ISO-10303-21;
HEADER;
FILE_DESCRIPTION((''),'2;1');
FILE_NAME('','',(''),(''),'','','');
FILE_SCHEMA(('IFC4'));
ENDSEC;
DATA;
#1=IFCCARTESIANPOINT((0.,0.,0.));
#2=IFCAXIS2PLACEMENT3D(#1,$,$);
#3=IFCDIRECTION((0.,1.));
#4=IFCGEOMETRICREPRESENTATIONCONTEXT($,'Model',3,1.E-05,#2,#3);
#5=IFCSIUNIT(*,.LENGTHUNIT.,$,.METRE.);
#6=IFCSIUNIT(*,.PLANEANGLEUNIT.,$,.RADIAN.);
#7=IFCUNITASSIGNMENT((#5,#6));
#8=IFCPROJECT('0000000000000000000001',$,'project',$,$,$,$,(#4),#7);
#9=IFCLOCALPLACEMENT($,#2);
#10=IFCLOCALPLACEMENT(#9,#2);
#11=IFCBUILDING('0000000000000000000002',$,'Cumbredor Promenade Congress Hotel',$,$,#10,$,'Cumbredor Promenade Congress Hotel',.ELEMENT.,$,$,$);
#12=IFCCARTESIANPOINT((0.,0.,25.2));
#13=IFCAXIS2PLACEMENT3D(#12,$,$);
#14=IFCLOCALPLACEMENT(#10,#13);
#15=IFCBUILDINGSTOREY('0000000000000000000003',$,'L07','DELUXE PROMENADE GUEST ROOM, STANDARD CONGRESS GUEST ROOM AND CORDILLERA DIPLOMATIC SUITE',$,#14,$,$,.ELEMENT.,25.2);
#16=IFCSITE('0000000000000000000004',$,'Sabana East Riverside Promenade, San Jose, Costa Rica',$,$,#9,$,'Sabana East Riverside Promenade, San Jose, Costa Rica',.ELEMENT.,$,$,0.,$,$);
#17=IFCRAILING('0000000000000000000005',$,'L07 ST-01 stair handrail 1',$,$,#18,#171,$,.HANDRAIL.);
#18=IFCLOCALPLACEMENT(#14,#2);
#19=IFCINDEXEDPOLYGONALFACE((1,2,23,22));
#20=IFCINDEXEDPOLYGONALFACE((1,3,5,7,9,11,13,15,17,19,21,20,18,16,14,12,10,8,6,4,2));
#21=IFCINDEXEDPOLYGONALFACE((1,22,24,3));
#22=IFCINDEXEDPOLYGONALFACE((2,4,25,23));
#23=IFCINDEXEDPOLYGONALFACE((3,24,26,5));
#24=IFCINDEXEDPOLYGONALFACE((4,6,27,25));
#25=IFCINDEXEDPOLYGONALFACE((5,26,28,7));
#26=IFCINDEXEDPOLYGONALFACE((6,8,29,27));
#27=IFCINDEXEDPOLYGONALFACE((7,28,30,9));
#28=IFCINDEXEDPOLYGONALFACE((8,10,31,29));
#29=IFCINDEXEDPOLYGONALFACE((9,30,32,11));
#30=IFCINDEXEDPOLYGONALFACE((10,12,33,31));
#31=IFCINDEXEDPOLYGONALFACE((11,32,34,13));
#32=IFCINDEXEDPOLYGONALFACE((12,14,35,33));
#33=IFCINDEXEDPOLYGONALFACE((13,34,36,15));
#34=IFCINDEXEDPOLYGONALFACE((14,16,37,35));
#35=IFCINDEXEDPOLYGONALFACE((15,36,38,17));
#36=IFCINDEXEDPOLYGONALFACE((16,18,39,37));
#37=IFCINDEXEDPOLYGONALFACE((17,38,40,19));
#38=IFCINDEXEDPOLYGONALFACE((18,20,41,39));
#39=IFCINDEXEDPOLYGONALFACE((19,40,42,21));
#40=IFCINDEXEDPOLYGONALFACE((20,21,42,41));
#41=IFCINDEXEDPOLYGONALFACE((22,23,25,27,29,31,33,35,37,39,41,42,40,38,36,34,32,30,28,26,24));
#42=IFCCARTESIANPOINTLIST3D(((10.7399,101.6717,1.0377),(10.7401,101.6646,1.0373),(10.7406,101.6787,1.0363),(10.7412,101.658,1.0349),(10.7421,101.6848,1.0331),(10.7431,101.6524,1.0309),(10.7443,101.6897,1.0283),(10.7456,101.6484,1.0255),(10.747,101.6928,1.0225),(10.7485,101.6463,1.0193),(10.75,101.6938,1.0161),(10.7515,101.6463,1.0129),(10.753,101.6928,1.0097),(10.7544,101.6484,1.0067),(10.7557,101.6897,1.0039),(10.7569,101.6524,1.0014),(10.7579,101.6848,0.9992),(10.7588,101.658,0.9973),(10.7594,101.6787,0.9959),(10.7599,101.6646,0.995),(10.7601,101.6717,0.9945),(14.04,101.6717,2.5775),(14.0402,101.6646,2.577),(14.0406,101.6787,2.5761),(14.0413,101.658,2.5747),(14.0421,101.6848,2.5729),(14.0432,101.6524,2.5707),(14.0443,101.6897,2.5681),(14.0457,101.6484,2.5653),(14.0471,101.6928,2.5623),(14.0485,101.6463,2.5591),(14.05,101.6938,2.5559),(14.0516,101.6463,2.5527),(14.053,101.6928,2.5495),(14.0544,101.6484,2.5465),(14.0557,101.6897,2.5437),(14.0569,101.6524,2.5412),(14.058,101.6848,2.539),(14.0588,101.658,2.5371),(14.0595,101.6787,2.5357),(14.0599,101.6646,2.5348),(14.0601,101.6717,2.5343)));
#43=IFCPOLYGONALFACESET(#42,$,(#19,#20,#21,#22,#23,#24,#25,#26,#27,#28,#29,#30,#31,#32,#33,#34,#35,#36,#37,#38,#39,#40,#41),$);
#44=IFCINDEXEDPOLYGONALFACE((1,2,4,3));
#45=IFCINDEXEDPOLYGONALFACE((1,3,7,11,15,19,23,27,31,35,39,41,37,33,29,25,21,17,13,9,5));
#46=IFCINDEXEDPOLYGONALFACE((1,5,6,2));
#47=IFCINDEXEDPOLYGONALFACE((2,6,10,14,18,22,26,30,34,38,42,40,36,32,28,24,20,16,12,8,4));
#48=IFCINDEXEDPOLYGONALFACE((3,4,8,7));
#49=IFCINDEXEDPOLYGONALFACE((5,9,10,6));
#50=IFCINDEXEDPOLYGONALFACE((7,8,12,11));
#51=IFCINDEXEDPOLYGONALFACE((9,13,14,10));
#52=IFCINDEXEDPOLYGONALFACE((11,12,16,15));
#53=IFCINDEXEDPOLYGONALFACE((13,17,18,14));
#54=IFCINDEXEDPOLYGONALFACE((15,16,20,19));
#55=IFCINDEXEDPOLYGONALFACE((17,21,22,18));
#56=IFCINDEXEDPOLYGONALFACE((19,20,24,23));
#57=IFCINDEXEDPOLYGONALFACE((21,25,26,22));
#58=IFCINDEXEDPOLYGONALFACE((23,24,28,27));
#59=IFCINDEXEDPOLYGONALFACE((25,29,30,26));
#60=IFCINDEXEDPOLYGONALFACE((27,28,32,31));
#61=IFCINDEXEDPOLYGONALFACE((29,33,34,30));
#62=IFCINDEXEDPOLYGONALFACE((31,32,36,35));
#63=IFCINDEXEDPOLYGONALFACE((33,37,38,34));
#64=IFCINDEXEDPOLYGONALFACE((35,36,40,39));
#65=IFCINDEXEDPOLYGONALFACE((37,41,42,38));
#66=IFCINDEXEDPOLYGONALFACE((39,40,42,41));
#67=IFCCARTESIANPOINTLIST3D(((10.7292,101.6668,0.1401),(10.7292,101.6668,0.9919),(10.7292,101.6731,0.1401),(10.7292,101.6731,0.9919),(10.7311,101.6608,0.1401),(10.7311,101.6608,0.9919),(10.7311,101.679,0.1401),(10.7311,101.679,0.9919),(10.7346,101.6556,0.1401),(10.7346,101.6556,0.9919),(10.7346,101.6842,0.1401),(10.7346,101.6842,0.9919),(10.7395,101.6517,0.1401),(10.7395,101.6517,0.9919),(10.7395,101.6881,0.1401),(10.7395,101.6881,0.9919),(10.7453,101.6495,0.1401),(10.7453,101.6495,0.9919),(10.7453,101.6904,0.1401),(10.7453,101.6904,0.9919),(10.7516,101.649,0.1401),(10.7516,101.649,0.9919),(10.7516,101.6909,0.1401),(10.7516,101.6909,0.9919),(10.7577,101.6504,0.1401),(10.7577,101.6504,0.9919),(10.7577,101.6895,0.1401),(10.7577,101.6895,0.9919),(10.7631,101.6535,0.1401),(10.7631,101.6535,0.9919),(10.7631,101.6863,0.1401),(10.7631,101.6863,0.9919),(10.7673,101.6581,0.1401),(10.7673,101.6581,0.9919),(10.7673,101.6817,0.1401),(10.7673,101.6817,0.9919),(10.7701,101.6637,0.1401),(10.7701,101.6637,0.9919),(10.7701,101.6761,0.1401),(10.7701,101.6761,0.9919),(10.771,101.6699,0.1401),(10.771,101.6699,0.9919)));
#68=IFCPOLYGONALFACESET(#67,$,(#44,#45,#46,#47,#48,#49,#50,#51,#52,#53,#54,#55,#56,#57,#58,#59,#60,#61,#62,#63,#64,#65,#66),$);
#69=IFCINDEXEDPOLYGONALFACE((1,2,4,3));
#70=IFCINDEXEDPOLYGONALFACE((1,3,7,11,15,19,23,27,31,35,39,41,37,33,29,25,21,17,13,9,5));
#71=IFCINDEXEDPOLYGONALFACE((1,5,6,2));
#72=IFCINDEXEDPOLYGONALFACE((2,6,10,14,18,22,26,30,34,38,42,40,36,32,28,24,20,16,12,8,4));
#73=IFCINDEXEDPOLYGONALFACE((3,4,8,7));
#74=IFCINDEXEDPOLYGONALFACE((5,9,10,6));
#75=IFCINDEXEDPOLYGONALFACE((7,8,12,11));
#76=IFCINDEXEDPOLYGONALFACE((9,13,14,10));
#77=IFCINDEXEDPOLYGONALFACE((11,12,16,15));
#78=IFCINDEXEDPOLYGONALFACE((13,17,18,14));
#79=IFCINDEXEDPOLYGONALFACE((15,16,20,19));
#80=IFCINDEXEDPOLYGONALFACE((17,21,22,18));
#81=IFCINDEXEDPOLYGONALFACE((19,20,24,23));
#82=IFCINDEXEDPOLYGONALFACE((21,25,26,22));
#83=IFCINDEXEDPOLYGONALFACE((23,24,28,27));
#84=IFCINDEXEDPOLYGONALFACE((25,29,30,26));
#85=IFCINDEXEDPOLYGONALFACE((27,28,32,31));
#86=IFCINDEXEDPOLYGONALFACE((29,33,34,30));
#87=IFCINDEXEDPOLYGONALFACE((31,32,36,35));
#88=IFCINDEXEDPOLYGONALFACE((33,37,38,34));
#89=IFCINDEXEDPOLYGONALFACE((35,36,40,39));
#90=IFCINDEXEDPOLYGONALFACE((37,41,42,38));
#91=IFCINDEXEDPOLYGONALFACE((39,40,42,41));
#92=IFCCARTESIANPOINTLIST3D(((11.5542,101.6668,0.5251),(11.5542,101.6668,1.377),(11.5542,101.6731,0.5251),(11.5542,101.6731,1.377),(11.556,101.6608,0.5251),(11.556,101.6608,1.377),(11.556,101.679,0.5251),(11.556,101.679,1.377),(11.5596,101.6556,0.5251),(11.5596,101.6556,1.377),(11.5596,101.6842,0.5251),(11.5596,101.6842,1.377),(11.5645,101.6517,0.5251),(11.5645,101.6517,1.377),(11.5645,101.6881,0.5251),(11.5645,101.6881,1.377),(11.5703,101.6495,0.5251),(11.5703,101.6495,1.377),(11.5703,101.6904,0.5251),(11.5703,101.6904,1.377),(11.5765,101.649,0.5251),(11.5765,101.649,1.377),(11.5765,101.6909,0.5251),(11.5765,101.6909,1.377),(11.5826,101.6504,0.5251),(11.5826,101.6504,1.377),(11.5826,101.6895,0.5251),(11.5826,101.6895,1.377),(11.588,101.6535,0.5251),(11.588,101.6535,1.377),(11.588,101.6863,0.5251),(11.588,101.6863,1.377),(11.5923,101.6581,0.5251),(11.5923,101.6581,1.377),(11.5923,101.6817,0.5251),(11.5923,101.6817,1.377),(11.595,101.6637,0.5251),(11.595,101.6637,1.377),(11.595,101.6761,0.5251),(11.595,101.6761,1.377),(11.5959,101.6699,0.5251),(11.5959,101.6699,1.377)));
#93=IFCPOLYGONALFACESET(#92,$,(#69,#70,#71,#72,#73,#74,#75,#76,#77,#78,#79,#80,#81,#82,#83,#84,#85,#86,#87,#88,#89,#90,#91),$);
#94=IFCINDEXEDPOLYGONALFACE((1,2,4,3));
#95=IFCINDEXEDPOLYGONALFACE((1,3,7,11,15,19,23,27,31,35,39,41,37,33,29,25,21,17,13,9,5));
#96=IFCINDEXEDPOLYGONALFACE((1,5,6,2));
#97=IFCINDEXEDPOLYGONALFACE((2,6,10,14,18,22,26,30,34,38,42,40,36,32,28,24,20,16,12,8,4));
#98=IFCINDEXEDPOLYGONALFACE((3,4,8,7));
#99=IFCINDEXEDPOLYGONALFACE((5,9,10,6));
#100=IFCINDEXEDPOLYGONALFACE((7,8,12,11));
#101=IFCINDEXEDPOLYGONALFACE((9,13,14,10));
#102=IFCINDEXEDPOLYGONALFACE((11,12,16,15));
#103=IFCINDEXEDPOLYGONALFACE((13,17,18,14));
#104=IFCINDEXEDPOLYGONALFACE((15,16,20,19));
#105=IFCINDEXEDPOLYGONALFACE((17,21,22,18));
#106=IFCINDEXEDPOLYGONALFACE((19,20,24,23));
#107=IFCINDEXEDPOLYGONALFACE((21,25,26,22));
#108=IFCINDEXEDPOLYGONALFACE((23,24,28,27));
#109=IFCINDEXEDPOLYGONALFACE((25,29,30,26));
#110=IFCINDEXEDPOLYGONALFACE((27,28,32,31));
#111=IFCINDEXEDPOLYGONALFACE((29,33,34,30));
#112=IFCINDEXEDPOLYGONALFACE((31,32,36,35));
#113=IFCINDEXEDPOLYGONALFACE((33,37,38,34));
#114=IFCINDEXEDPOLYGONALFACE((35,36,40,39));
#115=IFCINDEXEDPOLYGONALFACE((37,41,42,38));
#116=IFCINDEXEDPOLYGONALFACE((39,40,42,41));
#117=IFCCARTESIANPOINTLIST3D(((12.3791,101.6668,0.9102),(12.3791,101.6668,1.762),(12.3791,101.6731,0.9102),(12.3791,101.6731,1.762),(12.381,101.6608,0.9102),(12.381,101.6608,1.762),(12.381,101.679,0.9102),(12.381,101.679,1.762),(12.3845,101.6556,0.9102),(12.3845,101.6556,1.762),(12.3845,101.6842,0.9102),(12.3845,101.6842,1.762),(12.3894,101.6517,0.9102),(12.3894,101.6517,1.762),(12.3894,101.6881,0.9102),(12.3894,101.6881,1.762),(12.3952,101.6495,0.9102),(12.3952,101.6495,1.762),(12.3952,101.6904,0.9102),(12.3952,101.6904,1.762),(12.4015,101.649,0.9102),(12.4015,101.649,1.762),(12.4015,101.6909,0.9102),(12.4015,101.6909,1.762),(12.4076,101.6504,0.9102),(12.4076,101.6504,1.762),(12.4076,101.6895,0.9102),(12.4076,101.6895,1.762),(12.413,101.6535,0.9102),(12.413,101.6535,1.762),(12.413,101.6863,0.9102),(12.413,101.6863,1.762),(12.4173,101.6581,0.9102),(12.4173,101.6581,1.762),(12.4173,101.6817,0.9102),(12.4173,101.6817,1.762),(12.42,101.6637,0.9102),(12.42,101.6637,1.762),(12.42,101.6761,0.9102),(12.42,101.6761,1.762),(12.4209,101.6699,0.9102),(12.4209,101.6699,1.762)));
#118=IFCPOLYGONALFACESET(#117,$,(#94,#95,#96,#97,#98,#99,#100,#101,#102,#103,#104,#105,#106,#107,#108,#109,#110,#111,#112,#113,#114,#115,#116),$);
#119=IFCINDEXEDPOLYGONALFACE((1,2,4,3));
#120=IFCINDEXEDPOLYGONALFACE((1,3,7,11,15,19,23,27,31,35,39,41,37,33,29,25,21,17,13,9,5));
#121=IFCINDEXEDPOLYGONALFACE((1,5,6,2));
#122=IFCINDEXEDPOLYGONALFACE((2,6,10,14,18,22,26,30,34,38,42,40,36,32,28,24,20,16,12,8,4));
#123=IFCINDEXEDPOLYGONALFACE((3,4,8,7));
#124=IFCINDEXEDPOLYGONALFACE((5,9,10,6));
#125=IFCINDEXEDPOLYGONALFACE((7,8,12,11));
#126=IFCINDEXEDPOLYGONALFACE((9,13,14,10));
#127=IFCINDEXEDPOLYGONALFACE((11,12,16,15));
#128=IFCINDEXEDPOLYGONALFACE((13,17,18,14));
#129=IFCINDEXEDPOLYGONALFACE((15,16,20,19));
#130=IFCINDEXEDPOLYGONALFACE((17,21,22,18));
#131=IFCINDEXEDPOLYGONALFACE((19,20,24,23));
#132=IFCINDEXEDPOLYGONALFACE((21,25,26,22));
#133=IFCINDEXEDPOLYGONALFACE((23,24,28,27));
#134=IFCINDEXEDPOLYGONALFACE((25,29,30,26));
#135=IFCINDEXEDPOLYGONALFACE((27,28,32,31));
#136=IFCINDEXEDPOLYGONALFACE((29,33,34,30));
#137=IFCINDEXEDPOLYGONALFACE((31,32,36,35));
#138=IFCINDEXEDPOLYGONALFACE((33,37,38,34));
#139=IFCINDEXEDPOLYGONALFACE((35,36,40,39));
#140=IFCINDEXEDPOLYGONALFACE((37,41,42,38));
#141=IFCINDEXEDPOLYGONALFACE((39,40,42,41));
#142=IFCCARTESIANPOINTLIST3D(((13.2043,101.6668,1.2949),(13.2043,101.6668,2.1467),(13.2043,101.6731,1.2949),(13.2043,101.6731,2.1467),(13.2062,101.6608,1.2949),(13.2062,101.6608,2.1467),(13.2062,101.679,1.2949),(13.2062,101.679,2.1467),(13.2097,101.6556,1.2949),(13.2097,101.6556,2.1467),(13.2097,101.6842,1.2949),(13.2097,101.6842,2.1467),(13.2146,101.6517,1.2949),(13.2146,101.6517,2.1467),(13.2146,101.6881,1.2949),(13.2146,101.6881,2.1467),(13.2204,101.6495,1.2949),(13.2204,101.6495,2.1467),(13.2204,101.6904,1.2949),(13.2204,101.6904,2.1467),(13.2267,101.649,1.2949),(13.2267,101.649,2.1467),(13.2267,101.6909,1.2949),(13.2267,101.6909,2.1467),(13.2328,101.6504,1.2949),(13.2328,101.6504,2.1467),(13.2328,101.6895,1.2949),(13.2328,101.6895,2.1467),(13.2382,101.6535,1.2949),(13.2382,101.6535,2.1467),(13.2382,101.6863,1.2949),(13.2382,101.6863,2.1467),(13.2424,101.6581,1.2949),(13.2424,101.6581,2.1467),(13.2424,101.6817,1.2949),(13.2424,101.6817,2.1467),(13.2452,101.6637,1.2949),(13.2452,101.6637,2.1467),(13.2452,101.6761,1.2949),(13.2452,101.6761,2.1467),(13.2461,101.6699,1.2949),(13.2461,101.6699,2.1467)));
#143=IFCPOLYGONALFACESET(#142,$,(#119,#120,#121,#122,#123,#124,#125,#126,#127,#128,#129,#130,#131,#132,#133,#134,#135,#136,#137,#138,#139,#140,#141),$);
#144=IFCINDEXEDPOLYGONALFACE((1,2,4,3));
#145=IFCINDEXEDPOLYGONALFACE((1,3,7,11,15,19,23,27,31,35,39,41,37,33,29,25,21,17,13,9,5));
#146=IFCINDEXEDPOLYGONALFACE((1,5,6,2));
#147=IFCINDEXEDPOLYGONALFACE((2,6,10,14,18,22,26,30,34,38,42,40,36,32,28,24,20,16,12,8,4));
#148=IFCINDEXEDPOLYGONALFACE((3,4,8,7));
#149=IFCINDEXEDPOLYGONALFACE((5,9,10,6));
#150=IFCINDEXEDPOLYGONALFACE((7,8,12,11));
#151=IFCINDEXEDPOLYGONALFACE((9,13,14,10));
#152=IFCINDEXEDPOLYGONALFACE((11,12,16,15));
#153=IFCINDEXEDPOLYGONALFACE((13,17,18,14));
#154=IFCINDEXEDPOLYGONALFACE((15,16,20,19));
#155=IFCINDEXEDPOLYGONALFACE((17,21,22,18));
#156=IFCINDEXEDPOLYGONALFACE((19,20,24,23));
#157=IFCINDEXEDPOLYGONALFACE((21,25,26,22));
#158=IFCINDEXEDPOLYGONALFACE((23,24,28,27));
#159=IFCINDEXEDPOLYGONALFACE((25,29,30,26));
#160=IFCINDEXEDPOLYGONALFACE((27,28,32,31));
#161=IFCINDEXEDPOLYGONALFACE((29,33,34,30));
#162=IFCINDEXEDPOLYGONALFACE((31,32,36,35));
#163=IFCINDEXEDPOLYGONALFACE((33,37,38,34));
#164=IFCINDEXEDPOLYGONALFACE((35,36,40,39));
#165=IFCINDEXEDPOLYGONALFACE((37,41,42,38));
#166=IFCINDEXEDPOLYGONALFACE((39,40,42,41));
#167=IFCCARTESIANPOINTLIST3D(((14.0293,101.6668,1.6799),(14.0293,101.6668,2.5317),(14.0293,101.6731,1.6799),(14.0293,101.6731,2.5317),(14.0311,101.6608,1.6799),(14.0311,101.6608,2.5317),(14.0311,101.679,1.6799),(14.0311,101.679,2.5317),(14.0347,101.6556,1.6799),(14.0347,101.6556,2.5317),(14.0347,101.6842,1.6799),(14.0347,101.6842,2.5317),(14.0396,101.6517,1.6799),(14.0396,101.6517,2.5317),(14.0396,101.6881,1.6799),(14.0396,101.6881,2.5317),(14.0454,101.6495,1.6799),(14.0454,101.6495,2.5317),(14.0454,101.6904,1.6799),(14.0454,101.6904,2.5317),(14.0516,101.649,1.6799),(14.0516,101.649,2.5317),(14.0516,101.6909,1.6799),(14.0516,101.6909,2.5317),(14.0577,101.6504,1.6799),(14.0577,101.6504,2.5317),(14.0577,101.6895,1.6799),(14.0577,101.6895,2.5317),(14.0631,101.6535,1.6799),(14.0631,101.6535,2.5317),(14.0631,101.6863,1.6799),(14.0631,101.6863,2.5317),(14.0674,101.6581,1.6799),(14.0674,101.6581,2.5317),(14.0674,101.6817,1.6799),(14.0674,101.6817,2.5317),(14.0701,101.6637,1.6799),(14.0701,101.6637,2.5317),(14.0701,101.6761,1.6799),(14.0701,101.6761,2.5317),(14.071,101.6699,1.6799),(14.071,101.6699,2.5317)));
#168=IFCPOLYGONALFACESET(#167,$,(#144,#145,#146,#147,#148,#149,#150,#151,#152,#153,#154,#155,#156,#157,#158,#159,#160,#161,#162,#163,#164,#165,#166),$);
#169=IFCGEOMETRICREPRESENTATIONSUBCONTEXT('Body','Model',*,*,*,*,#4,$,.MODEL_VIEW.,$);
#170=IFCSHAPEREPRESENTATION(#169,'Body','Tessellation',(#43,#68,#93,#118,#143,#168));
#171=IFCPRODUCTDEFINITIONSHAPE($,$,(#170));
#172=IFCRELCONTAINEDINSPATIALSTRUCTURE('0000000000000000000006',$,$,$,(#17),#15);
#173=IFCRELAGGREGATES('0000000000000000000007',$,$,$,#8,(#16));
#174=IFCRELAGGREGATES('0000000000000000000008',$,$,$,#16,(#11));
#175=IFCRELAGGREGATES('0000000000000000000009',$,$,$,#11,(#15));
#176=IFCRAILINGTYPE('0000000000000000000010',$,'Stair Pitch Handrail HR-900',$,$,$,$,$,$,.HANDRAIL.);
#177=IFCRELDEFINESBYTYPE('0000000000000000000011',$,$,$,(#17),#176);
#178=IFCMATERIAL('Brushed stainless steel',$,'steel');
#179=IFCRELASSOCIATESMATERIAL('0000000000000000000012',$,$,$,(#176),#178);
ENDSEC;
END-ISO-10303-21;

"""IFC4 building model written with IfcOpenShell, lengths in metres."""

from ifc_helpers import new_model, si_unit, direction, frame, origin, origin_2d, place, context, subcontext, project, spatial, circle, extrude, material, type_object, element, save


model = new_model("IFC4")

# Units and contexts
model_context = context("Model", 3, precision=1e-05, world=origin(), true_north=direction((0.0, 1.0)))
body_context = subcontext(model_context, "Body", "Model", "MODEL_VIEW")
ifc_project = project(units=[si_unit("LENGTHUNIT", "METRE"), si_unit("PLANEANGLEUNIT", "RADIAN")], contexts=[model_context])

# Site, building, storey
site_placement = place(None, origin())
site = spatial("IfcSite", under=ifc_project, at=site_placement, Name="Sabana East Riverside Promenade, San Jose, Costa Rica", LongName="Sabana East Riverside Promenade, San Jose, Costa Rica", CompositionType="ELEMENT", RefElevation=0.0)
building_placement = place(site_placement, origin())
building = spatial("IfcBuilding", under=site, at=building_placement, Name="Cumbredor Promenade Congress Hotel", LongName="Cumbredor Promenade Congress Hotel", CompositionType="ELEMENT")
storey_placement = place(building_placement, frame((0.0, 0.0, 25.2)))
storey = spatial("IfcBuildingStorey", under=building, at=storey_placement, Name="L07", Description="DELUXE PROMENADE GUEST ROOM, STANDARD CONGRESS GUEST ROOM AND CORDILLERA DIPLOMATIC SUITE", CompositionType="ELEMENT", Elevation=25.2)

# Railing
ifc_material_1 = material(Name="Brushed stainless steel", Category="steel")
railing_type_1 = type_object("IfcRailingType", Name="Stair Pitch Handrail HR-900", PredefinedType="HANDRAIL", material=ifc_material_1)
railing_1_placement = place(storey_placement, frame((10.75, 101.6699, 0.1401)))
element("IfcRailing", 1, at=railing_1_placement, inside=storey, type_object=railing_type_1, Name="L07 ST-01 stair handrail 1", PredefinedType="HANDRAIL", context=body_context, shape_type="SweptSolid", body=[
    extrude(circle(Radius=0.0239, at=origin_2d()), frame((0.0, 0.0, 0.876), z_axis=(0.906207, 0.0, 0.422834), x_axis=(0.0, 1.0, 0.0)), (0.0, 0.0, 1.0), 3.6416),
    extrude(circle(Radius=0.021, at=origin_2d()), origin(), (0.0, 0.0, 1.0), 0.8518),
    extrude(circle(Radius=0.021, at=origin_2d()), frame((0.825, 0.0, 0.385)), (0.0, 0.0, 1.0), 0.8518),
    extrude(circle(Radius=0.021, at=origin_2d()), frame((1.6499, 0.0, 0.77)), (0.0, 0.0, 1.0), 0.8518),
    extrude(circle(Radius=0.021, at=origin_2d()), frame((2.4751, 0.0, 1.1548)), (0.0, 0.0, 1.0), 0.8518),
    extrude(circle(Radius=0.021, at=origin_2d()), frame((3.3, 0.0, 1.5398)), (0.0, 0.0, 1.0), 0.8518),
])

save(model, "model.ifc")
